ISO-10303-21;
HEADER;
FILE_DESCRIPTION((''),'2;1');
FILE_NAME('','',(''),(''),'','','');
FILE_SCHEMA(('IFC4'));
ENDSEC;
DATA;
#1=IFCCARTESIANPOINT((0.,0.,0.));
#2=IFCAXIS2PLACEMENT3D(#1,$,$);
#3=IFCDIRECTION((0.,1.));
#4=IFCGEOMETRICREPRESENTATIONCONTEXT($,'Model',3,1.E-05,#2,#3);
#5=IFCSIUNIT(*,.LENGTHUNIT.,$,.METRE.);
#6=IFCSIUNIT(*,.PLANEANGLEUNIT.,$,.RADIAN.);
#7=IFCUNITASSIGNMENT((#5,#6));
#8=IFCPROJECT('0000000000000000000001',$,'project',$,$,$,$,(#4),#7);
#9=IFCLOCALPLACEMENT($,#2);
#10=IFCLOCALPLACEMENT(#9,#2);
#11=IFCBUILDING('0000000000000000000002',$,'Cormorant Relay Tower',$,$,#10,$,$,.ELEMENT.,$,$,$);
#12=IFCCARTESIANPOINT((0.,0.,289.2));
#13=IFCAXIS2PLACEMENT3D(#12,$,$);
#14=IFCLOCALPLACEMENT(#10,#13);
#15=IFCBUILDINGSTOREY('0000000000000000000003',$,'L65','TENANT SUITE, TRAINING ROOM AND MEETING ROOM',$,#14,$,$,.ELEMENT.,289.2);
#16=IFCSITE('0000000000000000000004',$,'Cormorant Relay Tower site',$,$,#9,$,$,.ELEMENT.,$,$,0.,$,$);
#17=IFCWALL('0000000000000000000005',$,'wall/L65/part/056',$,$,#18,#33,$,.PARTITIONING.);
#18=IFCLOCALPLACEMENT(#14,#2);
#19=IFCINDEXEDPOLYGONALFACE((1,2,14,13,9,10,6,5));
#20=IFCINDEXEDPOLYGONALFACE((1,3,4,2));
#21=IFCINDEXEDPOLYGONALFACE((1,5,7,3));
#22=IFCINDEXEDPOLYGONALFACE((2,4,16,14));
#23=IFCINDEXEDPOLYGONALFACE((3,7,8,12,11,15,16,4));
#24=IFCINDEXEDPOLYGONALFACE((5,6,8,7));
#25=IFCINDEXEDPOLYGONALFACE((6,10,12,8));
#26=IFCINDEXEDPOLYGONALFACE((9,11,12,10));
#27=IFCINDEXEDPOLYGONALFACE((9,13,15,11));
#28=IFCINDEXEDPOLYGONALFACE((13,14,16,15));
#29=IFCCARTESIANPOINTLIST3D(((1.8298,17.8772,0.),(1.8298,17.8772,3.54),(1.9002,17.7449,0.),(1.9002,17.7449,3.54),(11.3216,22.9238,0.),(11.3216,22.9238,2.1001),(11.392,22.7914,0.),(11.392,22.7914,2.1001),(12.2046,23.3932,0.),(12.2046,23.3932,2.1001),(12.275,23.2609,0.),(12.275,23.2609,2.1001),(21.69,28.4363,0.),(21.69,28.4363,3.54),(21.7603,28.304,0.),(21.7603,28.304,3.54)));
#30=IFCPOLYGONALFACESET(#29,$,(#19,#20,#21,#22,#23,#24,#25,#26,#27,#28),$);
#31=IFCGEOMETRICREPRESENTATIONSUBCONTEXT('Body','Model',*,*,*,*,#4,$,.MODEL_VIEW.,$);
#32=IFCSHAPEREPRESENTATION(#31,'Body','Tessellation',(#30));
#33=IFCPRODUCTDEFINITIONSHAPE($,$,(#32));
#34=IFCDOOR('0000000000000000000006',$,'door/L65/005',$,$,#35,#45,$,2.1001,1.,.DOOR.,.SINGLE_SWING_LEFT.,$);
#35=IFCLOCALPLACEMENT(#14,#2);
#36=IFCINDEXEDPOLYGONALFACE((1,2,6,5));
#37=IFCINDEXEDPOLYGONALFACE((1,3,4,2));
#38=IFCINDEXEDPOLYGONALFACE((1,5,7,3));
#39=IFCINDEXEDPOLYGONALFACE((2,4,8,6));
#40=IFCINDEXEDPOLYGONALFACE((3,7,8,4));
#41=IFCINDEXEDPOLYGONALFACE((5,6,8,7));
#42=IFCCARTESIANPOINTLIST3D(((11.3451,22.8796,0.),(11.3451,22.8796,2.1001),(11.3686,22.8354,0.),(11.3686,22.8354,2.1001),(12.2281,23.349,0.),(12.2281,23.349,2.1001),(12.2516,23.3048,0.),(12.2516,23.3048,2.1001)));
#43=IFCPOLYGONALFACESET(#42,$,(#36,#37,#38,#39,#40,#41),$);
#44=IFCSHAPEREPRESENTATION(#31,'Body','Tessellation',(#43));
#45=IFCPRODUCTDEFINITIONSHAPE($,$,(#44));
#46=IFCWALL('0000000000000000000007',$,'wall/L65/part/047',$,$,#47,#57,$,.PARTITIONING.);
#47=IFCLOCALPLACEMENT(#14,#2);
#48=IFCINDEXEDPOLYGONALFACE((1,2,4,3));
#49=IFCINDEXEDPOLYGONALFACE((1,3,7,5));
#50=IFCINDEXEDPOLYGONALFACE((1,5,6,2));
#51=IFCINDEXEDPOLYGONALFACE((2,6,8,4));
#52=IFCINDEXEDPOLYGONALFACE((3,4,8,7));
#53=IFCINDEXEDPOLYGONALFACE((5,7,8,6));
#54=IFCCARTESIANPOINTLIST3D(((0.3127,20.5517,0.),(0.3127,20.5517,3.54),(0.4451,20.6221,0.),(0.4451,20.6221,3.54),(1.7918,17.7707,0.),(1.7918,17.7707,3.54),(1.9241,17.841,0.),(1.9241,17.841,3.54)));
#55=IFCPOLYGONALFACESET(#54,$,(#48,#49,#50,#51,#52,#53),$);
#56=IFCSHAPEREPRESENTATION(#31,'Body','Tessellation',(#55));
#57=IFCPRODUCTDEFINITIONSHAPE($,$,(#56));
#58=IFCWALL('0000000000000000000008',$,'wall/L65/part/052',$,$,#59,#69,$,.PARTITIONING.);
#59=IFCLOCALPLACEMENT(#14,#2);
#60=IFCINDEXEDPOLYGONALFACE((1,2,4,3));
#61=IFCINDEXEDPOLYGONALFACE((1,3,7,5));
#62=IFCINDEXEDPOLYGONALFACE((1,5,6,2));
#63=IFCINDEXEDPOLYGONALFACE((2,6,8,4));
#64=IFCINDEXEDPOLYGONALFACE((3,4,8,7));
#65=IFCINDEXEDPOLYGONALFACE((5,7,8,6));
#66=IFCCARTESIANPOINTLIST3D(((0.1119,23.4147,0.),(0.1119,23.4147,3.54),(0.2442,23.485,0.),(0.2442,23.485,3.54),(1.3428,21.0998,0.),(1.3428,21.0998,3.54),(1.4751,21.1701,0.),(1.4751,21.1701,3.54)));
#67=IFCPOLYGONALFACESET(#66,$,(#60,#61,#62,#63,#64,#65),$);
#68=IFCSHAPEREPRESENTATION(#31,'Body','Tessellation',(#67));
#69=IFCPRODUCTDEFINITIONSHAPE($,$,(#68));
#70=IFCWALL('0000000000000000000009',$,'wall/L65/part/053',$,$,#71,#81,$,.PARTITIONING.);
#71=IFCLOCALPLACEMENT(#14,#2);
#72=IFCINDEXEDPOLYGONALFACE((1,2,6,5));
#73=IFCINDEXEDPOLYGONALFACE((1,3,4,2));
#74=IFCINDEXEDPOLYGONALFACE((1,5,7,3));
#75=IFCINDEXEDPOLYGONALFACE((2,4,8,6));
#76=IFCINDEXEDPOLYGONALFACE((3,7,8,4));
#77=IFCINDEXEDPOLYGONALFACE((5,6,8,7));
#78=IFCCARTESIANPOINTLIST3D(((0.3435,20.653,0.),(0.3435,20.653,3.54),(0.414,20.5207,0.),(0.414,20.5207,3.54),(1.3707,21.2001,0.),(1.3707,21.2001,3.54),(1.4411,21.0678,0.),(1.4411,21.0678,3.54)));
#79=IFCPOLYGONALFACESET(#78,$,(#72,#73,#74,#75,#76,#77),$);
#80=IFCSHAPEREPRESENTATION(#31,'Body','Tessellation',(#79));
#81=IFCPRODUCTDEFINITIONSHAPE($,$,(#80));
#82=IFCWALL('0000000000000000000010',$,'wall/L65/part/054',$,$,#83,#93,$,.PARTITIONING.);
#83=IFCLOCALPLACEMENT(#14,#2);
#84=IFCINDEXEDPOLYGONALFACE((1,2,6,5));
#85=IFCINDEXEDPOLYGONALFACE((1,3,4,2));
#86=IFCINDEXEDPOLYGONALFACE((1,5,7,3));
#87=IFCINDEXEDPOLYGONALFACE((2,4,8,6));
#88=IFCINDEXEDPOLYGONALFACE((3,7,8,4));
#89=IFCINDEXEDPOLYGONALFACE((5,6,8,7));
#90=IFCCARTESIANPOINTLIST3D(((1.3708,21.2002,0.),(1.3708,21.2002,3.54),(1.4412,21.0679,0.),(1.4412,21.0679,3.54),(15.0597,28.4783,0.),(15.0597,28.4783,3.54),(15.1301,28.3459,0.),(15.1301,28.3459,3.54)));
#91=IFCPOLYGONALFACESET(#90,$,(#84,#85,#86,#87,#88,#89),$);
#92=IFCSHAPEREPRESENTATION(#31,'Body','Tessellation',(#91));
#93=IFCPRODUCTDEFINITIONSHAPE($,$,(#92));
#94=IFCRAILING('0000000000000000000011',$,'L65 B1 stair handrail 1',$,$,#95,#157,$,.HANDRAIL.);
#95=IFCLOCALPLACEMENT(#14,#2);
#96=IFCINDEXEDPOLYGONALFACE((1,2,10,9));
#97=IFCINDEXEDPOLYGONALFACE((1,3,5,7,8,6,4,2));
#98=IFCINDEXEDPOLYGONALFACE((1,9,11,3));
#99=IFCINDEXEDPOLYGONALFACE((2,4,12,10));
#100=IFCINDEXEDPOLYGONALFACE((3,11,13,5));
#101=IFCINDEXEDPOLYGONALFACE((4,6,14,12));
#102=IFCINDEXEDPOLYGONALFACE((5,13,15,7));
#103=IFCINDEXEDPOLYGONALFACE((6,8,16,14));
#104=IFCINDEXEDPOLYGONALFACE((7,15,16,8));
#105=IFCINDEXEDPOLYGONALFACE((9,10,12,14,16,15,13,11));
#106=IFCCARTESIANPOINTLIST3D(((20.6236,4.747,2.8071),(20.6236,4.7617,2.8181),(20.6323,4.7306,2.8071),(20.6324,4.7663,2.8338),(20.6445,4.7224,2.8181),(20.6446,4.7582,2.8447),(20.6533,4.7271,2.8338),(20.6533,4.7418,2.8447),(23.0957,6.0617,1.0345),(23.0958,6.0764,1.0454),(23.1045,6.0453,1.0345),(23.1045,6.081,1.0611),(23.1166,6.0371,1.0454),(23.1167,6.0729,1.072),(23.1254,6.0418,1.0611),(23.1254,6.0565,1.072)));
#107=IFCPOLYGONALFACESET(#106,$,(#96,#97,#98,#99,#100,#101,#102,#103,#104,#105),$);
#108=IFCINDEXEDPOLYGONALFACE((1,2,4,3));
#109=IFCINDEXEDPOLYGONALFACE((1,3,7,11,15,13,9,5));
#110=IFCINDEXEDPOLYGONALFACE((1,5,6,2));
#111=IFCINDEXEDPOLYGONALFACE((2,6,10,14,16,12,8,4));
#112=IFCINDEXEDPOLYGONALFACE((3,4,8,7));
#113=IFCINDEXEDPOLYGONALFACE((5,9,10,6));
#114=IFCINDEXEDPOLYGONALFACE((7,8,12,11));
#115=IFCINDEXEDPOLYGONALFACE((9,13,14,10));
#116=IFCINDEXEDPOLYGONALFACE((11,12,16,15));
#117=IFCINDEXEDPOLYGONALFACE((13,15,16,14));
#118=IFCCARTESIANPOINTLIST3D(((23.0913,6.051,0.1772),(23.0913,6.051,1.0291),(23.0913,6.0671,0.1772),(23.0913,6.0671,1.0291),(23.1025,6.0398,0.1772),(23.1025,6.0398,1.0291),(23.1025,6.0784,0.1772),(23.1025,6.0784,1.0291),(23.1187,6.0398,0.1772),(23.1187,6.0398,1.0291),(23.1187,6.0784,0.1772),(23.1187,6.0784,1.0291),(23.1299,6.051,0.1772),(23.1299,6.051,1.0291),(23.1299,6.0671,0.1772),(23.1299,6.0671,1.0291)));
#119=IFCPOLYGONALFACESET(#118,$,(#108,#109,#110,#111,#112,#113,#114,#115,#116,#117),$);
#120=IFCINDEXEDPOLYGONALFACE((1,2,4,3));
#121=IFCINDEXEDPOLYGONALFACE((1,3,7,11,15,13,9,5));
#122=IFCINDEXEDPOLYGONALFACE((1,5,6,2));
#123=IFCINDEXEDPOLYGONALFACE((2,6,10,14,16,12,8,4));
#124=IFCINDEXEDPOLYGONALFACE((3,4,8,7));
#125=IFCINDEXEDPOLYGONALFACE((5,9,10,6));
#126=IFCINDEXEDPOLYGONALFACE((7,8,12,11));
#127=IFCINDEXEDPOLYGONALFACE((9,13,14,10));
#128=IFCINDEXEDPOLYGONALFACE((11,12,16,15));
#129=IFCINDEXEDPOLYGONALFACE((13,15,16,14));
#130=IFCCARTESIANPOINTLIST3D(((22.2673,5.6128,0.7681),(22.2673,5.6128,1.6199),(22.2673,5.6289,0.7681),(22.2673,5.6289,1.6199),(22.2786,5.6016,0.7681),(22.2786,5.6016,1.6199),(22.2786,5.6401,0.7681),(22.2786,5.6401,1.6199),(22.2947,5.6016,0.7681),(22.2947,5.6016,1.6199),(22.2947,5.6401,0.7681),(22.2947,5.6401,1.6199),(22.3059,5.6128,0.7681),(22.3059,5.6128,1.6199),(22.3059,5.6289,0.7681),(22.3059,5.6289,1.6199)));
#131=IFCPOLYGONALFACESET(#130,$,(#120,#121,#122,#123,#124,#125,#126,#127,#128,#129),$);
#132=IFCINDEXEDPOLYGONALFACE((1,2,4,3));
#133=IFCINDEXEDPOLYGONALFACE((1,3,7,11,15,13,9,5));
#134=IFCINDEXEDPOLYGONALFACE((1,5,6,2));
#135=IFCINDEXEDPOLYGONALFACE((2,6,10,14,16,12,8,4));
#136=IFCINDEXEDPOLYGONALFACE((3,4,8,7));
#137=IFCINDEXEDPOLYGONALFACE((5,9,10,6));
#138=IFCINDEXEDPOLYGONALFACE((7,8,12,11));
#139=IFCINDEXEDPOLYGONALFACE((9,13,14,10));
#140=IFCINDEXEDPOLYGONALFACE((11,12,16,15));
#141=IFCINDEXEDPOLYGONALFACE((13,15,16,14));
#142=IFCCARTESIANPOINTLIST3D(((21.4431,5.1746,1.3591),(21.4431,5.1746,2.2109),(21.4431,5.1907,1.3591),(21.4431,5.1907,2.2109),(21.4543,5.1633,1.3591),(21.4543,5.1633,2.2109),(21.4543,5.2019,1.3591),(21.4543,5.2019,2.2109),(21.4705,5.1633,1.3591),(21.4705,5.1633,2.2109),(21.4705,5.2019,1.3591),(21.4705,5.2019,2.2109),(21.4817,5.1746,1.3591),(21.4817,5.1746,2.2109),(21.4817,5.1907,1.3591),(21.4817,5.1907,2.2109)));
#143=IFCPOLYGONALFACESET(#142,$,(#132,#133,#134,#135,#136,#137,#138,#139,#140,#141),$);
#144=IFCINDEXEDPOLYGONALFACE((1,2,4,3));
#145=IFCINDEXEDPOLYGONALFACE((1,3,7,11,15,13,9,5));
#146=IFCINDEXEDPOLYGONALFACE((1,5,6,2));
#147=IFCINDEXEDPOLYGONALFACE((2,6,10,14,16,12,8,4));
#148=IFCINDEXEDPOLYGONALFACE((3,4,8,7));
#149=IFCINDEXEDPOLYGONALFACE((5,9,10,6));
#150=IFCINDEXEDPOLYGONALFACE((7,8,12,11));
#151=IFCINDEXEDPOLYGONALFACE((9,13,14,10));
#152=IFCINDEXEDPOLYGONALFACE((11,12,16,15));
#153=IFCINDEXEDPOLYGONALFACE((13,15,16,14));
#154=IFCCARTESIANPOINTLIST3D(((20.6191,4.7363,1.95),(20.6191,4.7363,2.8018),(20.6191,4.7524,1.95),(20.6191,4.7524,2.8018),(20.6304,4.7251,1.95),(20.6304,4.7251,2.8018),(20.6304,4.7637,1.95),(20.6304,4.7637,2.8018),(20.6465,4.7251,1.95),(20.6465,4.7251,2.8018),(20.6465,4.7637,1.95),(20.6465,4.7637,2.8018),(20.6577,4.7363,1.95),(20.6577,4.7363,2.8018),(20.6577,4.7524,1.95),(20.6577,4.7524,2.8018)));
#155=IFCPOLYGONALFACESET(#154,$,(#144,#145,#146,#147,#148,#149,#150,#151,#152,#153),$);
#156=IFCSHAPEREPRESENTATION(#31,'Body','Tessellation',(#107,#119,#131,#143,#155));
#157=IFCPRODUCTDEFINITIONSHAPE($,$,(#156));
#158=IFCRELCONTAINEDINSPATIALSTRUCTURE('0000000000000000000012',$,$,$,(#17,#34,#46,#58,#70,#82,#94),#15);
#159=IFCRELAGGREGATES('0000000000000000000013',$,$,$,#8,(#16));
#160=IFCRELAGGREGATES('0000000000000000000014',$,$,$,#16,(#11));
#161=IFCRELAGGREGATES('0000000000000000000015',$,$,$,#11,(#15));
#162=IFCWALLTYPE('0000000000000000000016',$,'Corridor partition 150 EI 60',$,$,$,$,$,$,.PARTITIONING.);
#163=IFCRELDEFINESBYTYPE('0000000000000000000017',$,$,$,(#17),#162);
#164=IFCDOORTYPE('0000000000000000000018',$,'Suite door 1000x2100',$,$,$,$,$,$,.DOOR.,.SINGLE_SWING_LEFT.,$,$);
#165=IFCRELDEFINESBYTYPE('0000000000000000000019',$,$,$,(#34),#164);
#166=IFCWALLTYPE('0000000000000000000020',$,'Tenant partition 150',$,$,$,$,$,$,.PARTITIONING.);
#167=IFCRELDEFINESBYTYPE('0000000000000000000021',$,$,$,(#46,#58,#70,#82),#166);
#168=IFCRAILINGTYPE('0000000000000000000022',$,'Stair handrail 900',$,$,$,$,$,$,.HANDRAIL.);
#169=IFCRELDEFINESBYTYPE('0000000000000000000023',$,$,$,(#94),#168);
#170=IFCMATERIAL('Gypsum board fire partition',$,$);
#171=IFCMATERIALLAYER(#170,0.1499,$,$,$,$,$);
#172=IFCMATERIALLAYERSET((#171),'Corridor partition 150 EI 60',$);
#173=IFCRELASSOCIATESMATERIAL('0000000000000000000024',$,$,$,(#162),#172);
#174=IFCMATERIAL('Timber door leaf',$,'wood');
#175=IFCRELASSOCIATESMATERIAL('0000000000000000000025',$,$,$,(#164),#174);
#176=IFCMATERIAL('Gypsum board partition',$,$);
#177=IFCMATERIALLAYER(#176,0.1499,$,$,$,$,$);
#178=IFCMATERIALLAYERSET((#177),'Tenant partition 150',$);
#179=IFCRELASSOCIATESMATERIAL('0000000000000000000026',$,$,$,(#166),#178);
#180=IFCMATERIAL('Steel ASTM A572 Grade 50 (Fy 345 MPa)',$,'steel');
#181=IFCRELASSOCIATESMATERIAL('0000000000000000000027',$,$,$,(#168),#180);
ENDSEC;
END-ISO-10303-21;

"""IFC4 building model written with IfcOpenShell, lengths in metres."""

from ifc_helpers import new_model, si_unit, direction, frame, frame_2d, origin, place, context, subcontext, project, spatial, polyline, rectangle, outline, extrude, material, layer, layer_set, type_object, element, fill, save


model = new_model("IFC4")

# Units and contexts
model_context = context("Model", 3, precision=1e-05, world=origin(), true_north=direction((0.0, 1.0)))
body_context = subcontext(model_context, "Body", "Model", "MODEL_VIEW")
ifc_project = project(units=[si_unit("LENGTHUNIT", "METRE"), si_unit("PLANEANGLEUNIT", "RADIAN")], contexts=[model_context])

# Site, building, storey
site_placement = place(None, origin())
site = spatial("IfcSite", under=ifc_project, at=site_placement, Name="Cormorant Relay Tower site", CompositionType="ELEMENT", RefElevation=0.0)
building_placement = place(site_placement, origin())
building = spatial("IfcBuilding", under=site, at=building_placement, Name="Cormorant Relay Tower", CompositionType="ELEMENT")
storey_placement = place(building_placement, frame((0.0, 0.0, 289.2)))
storey = spatial("IfcBuildingStorey", under=building, at=storey_placement, Name="L65", Description="TENANT SUITE, TRAINING ROOM AND MEETING ROOM", CompositionType="ELEMENT", Elevation=289.2)

# Shared definitions
ifc_material_1 = material(Name="Gypsum board fire partition")
ifc_layer_1 = layer(ifc_material_1, 0.1499)
ifc_layer_set_1 = layer_set([ifc_layer_1], Name="Corridor partition 150 EI 60")
wall_type_1 = type_object("IfcWallType", Name="Corridor partition 150 EI 60", PredefinedType="PARTITIONING", material=ifc_layer_set_1)

# Wall, opening, door
wall_1_placement = place(storey_placement, frame((1.865, 17.811, 0.0), z_axis=(0.0, 0.0, 1.0), x_axis=(0.882961, 0.469446, 0.0)))
wall_1 = element("IfcWall", 1, at=wall_1_placement, inside=storey, type_object=wall_type_1, Name="wall/L65/part/056", PredefinedType="PARTITIONING", context=body_context, shape_type="SweptSolid", body=[
    extrude(rectangle(XDim=22.4927, YDim=0.1499, at=frame_2d((11.2463, 0.0))), origin(), (0.0, 0.0, 1.0), 3.54),
])
opening_1_placement = place(wall_1_placement, frame((10.75, 0.0, 0.0)))
opening_1 = element("IfcOpeningElement", 2, at=opening_1_placement, cuts=wall_1, PredefinedType="OPENING", context=body_context, shape_type="SweptSolid", body=[
    extrude(rectangle(XDim=1.0, YDim=2.1001, at=frame_2d((0.5, 1.05))), frame((0.0, 0.085, 0.0), z_axis=(0.0, -1.0, 0.0), x_axis=(1.0, 0.0, 0.0)), (0.0, 0.0, 1.0), 0.1699),
])
ifc_material_2 = material(Name="Timber door leaf", Category="wood")
door_type_1 = type_object("IfcDoorType", Name="Suite door 1000x2100", OperationType="SINGLE_SWING_LEFT", PredefinedType="DOOR", material=ifc_material_2)
door_1_placement = place(opening_1_placement, origin())
door_1 = element("IfcDoor", 3, at=door_1_placement, inside=storey, type_object=door_type_1, Name="door/L65/005", OperationType="SINGLE_SWING_LEFT", OverallHeight=2.1001, OverallWidth=1.0, PredefinedType="DOOR", context=body_context, shape_type="SweptSolid", body=[
    extrude(rectangle(XDim=1.0, YDim=2.1001, at=frame_2d((0.5, 1.05))), frame((0.0, 0.0249, 0.0), z_axis=(0.0, -1.0, 0.0), x_axis=(1.0, 0.0, 0.0)), (0.0, 0.0, 1.0), 0.05),
])
fill(opening_1, door_1)

# Walls
ifc_material_3 = material(Name="Gypsum board partition")
ifc_layer_2 = layer(ifc_material_3, 0.1499)
ifc_layer_set_2 = layer_set([ifc_layer_2], Name="Tenant partition 150")
wall_type_2 = type_object("IfcWallType", Name="Tenant partition 150", PredefinedType="PARTITIONING", material=ifc_layer_set_2)
wall_2_placement = place(storey_placement, frame((0.3789, 20.5869, 0.0), z_axis=(0.0, 0.0, 1.0), x_axis=(0.46955, -0.882906, 0.0)))
element("IfcWall", 4, at=wall_2_placement, inside=storey, type_object=wall_type_2, Name="wall/L65/part/047", PredefinedType="PARTITIONING", context=body_context, shape_type="SweptSolid", body=[
    extrude(rectangle(XDim=3.1499, YDim=0.1499, at=frame_2d((1.575, 0.0))), origin(), (0.0, 0.0, 1.0), 3.54),
])
wall_3_placement = place(storey_placement, frame((0.178, 23.45, 0.0), z_axis=(0.0, 0.0, 1.0), x_axis=(0.469496, -0.882935, 0.0)))
element("IfcWall", 5, at=wall_3_placement, inside=storey, type_object=wall_type_2, Name="wall/L65/part/052", PredefinedType="PARTITIONING", context=body_context, shape_type="SweptSolid", body=[
    extrude(rectangle(XDim=2.6218, YDim=0.1499, at=frame_2d((1.311, 0.0))), origin(), (0.0, 0.0, 1.0), 3.54),
])
wall_4_placement = place(storey_placement, frame((1.406, 21.134, 0.0), z_axis=(0.0, 0.0, 1.0), x_axis=(-0.882591, -0.470142, 0.0)))
element("IfcWall", 6, at=wall_4_placement, inside=storey, type_object=wall_type_2, Name="wall/L65/part/053", PredefinedType="PARTITIONING", context=body_context, shape_type="SweptSolid", body=[
    extrude(rectangle(XDim=1.1638, YDim=0.1499, at=frame_2d((0.582, 0.0))), origin(), (0.0, 0.0, 1.0), 3.54),
])
wall_5_placement = place(storey_placement, frame((1.406, 21.134, 0.0), z_axis=(0.0, 0.0, 1.0), x_axis=(0.88296, 0.469448, 0.0)))
element("IfcWall", 7, at=wall_5_placement, inside=storey, type_object=wall_type_2, Name="wall/L65/part/054", PredefinedType="PARTITIONING", context=body_context, shape_type="SweptSolid", body=[
    extrude(rectangle(XDim=15.5034, YDim=0.1499, at=frame_2d((7.7517, 0.0))), origin(), (0.0, 0.0, 1.0), 3.54),
])

# Railing
ifc_material_4 = material(Name="Steel ASTM A572 Grade 50 (Fy 345 MPa)", Category="steel")
railing_type = type_object("IfcRailingType", Name="Stair handrail 900", PredefinedType="HANDRAIL", material=ifc_material_4)
railing_placement = place(storey_placement, frame((23.1106, 6.0591, 0.1772)))
element("IfcRailing", 8, at=railing_placement, inside=storey, type_object=railing_type, Name="L65 B1 stair handrail 1", PredefinedType="HANDRAIL", context=body_context, shape_type="SweptSolid", body=[
    extrude(outline(polyline([(0.0222, 0.0093), (0.0093, 0.0222), (-0.0093, 0.0222), (-0.0222, 0.0093), (-0.0222, -0.0093), (-0.0093, -0.0222), (0.0093, -0.0222), (0.0222, -0.0093), (0.0222, 0.0093)])), frame((0.0, 0.0, 0.876), z_axis=(-0.745979, -0.396711, 0.534916), x_axis=(0.469533, -0.882915, 0.0)), (0.0, 0.0, 1.0), 3.314),
    extrude(outline(polyline([(0.0193, 0.0081), (0.0081, 0.0193), (-0.0081, 0.0193), (-0.0193, 0.0081), (-0.0193, -0.0081), (-0.0081, -0.0193), (0.0081, -0.0193), (0.0193, -0.0081), (0.0193, 0.0081)])), origin(), (0.0, 0.0, 1.0), 0.8518),
    extrude(outline(polyline([(0.0193, 0.0081), (0.0081, 0.0193), (-0.0081, 0.0193), (-0.0193, 0.0081), (-0.0193, -0.0081), (-0.0081, -0.0193), (0.0081, -0.0193), (0.0193, -0.0081), (0.0193, 0.0081)])), frame((-0.824, -0.4382, 0.5908)), (0.0, 0.0, 1.0), 0.8518),
    extrude(outline(polyline([(0.0193, 0.0081), (0.0081, 0.0193), (-0.0081, 0.0193), (-0.0193, 0.0081), (-0.0193, -0.0081), (-0.0081, -0.0193), (0.0081, -0.0193), (0.0193, -0.0081), (0.0193, 0.0081)])), frame((-1.6482, -0.8765, 1.1819)), (0.0, 0.0, 1.0), 0.8518),
    extrude(outline(polyline([(0.0193, 0.0081), (0.0081, 0.0193), (-0.0081, 0.0193), (-0.0193, 0.0081), (-0.0193, -0.0081), (-0.0081, -0.0193), (0.0081, -0.0193), (0.0193, -0.0081), (0.0193, 0.0081)])), frame((-2.4722, -1.3147, 1.7727)), (0.0, 0.0, 1.0), 0.8518),
])

save(model, "model.ifc")
